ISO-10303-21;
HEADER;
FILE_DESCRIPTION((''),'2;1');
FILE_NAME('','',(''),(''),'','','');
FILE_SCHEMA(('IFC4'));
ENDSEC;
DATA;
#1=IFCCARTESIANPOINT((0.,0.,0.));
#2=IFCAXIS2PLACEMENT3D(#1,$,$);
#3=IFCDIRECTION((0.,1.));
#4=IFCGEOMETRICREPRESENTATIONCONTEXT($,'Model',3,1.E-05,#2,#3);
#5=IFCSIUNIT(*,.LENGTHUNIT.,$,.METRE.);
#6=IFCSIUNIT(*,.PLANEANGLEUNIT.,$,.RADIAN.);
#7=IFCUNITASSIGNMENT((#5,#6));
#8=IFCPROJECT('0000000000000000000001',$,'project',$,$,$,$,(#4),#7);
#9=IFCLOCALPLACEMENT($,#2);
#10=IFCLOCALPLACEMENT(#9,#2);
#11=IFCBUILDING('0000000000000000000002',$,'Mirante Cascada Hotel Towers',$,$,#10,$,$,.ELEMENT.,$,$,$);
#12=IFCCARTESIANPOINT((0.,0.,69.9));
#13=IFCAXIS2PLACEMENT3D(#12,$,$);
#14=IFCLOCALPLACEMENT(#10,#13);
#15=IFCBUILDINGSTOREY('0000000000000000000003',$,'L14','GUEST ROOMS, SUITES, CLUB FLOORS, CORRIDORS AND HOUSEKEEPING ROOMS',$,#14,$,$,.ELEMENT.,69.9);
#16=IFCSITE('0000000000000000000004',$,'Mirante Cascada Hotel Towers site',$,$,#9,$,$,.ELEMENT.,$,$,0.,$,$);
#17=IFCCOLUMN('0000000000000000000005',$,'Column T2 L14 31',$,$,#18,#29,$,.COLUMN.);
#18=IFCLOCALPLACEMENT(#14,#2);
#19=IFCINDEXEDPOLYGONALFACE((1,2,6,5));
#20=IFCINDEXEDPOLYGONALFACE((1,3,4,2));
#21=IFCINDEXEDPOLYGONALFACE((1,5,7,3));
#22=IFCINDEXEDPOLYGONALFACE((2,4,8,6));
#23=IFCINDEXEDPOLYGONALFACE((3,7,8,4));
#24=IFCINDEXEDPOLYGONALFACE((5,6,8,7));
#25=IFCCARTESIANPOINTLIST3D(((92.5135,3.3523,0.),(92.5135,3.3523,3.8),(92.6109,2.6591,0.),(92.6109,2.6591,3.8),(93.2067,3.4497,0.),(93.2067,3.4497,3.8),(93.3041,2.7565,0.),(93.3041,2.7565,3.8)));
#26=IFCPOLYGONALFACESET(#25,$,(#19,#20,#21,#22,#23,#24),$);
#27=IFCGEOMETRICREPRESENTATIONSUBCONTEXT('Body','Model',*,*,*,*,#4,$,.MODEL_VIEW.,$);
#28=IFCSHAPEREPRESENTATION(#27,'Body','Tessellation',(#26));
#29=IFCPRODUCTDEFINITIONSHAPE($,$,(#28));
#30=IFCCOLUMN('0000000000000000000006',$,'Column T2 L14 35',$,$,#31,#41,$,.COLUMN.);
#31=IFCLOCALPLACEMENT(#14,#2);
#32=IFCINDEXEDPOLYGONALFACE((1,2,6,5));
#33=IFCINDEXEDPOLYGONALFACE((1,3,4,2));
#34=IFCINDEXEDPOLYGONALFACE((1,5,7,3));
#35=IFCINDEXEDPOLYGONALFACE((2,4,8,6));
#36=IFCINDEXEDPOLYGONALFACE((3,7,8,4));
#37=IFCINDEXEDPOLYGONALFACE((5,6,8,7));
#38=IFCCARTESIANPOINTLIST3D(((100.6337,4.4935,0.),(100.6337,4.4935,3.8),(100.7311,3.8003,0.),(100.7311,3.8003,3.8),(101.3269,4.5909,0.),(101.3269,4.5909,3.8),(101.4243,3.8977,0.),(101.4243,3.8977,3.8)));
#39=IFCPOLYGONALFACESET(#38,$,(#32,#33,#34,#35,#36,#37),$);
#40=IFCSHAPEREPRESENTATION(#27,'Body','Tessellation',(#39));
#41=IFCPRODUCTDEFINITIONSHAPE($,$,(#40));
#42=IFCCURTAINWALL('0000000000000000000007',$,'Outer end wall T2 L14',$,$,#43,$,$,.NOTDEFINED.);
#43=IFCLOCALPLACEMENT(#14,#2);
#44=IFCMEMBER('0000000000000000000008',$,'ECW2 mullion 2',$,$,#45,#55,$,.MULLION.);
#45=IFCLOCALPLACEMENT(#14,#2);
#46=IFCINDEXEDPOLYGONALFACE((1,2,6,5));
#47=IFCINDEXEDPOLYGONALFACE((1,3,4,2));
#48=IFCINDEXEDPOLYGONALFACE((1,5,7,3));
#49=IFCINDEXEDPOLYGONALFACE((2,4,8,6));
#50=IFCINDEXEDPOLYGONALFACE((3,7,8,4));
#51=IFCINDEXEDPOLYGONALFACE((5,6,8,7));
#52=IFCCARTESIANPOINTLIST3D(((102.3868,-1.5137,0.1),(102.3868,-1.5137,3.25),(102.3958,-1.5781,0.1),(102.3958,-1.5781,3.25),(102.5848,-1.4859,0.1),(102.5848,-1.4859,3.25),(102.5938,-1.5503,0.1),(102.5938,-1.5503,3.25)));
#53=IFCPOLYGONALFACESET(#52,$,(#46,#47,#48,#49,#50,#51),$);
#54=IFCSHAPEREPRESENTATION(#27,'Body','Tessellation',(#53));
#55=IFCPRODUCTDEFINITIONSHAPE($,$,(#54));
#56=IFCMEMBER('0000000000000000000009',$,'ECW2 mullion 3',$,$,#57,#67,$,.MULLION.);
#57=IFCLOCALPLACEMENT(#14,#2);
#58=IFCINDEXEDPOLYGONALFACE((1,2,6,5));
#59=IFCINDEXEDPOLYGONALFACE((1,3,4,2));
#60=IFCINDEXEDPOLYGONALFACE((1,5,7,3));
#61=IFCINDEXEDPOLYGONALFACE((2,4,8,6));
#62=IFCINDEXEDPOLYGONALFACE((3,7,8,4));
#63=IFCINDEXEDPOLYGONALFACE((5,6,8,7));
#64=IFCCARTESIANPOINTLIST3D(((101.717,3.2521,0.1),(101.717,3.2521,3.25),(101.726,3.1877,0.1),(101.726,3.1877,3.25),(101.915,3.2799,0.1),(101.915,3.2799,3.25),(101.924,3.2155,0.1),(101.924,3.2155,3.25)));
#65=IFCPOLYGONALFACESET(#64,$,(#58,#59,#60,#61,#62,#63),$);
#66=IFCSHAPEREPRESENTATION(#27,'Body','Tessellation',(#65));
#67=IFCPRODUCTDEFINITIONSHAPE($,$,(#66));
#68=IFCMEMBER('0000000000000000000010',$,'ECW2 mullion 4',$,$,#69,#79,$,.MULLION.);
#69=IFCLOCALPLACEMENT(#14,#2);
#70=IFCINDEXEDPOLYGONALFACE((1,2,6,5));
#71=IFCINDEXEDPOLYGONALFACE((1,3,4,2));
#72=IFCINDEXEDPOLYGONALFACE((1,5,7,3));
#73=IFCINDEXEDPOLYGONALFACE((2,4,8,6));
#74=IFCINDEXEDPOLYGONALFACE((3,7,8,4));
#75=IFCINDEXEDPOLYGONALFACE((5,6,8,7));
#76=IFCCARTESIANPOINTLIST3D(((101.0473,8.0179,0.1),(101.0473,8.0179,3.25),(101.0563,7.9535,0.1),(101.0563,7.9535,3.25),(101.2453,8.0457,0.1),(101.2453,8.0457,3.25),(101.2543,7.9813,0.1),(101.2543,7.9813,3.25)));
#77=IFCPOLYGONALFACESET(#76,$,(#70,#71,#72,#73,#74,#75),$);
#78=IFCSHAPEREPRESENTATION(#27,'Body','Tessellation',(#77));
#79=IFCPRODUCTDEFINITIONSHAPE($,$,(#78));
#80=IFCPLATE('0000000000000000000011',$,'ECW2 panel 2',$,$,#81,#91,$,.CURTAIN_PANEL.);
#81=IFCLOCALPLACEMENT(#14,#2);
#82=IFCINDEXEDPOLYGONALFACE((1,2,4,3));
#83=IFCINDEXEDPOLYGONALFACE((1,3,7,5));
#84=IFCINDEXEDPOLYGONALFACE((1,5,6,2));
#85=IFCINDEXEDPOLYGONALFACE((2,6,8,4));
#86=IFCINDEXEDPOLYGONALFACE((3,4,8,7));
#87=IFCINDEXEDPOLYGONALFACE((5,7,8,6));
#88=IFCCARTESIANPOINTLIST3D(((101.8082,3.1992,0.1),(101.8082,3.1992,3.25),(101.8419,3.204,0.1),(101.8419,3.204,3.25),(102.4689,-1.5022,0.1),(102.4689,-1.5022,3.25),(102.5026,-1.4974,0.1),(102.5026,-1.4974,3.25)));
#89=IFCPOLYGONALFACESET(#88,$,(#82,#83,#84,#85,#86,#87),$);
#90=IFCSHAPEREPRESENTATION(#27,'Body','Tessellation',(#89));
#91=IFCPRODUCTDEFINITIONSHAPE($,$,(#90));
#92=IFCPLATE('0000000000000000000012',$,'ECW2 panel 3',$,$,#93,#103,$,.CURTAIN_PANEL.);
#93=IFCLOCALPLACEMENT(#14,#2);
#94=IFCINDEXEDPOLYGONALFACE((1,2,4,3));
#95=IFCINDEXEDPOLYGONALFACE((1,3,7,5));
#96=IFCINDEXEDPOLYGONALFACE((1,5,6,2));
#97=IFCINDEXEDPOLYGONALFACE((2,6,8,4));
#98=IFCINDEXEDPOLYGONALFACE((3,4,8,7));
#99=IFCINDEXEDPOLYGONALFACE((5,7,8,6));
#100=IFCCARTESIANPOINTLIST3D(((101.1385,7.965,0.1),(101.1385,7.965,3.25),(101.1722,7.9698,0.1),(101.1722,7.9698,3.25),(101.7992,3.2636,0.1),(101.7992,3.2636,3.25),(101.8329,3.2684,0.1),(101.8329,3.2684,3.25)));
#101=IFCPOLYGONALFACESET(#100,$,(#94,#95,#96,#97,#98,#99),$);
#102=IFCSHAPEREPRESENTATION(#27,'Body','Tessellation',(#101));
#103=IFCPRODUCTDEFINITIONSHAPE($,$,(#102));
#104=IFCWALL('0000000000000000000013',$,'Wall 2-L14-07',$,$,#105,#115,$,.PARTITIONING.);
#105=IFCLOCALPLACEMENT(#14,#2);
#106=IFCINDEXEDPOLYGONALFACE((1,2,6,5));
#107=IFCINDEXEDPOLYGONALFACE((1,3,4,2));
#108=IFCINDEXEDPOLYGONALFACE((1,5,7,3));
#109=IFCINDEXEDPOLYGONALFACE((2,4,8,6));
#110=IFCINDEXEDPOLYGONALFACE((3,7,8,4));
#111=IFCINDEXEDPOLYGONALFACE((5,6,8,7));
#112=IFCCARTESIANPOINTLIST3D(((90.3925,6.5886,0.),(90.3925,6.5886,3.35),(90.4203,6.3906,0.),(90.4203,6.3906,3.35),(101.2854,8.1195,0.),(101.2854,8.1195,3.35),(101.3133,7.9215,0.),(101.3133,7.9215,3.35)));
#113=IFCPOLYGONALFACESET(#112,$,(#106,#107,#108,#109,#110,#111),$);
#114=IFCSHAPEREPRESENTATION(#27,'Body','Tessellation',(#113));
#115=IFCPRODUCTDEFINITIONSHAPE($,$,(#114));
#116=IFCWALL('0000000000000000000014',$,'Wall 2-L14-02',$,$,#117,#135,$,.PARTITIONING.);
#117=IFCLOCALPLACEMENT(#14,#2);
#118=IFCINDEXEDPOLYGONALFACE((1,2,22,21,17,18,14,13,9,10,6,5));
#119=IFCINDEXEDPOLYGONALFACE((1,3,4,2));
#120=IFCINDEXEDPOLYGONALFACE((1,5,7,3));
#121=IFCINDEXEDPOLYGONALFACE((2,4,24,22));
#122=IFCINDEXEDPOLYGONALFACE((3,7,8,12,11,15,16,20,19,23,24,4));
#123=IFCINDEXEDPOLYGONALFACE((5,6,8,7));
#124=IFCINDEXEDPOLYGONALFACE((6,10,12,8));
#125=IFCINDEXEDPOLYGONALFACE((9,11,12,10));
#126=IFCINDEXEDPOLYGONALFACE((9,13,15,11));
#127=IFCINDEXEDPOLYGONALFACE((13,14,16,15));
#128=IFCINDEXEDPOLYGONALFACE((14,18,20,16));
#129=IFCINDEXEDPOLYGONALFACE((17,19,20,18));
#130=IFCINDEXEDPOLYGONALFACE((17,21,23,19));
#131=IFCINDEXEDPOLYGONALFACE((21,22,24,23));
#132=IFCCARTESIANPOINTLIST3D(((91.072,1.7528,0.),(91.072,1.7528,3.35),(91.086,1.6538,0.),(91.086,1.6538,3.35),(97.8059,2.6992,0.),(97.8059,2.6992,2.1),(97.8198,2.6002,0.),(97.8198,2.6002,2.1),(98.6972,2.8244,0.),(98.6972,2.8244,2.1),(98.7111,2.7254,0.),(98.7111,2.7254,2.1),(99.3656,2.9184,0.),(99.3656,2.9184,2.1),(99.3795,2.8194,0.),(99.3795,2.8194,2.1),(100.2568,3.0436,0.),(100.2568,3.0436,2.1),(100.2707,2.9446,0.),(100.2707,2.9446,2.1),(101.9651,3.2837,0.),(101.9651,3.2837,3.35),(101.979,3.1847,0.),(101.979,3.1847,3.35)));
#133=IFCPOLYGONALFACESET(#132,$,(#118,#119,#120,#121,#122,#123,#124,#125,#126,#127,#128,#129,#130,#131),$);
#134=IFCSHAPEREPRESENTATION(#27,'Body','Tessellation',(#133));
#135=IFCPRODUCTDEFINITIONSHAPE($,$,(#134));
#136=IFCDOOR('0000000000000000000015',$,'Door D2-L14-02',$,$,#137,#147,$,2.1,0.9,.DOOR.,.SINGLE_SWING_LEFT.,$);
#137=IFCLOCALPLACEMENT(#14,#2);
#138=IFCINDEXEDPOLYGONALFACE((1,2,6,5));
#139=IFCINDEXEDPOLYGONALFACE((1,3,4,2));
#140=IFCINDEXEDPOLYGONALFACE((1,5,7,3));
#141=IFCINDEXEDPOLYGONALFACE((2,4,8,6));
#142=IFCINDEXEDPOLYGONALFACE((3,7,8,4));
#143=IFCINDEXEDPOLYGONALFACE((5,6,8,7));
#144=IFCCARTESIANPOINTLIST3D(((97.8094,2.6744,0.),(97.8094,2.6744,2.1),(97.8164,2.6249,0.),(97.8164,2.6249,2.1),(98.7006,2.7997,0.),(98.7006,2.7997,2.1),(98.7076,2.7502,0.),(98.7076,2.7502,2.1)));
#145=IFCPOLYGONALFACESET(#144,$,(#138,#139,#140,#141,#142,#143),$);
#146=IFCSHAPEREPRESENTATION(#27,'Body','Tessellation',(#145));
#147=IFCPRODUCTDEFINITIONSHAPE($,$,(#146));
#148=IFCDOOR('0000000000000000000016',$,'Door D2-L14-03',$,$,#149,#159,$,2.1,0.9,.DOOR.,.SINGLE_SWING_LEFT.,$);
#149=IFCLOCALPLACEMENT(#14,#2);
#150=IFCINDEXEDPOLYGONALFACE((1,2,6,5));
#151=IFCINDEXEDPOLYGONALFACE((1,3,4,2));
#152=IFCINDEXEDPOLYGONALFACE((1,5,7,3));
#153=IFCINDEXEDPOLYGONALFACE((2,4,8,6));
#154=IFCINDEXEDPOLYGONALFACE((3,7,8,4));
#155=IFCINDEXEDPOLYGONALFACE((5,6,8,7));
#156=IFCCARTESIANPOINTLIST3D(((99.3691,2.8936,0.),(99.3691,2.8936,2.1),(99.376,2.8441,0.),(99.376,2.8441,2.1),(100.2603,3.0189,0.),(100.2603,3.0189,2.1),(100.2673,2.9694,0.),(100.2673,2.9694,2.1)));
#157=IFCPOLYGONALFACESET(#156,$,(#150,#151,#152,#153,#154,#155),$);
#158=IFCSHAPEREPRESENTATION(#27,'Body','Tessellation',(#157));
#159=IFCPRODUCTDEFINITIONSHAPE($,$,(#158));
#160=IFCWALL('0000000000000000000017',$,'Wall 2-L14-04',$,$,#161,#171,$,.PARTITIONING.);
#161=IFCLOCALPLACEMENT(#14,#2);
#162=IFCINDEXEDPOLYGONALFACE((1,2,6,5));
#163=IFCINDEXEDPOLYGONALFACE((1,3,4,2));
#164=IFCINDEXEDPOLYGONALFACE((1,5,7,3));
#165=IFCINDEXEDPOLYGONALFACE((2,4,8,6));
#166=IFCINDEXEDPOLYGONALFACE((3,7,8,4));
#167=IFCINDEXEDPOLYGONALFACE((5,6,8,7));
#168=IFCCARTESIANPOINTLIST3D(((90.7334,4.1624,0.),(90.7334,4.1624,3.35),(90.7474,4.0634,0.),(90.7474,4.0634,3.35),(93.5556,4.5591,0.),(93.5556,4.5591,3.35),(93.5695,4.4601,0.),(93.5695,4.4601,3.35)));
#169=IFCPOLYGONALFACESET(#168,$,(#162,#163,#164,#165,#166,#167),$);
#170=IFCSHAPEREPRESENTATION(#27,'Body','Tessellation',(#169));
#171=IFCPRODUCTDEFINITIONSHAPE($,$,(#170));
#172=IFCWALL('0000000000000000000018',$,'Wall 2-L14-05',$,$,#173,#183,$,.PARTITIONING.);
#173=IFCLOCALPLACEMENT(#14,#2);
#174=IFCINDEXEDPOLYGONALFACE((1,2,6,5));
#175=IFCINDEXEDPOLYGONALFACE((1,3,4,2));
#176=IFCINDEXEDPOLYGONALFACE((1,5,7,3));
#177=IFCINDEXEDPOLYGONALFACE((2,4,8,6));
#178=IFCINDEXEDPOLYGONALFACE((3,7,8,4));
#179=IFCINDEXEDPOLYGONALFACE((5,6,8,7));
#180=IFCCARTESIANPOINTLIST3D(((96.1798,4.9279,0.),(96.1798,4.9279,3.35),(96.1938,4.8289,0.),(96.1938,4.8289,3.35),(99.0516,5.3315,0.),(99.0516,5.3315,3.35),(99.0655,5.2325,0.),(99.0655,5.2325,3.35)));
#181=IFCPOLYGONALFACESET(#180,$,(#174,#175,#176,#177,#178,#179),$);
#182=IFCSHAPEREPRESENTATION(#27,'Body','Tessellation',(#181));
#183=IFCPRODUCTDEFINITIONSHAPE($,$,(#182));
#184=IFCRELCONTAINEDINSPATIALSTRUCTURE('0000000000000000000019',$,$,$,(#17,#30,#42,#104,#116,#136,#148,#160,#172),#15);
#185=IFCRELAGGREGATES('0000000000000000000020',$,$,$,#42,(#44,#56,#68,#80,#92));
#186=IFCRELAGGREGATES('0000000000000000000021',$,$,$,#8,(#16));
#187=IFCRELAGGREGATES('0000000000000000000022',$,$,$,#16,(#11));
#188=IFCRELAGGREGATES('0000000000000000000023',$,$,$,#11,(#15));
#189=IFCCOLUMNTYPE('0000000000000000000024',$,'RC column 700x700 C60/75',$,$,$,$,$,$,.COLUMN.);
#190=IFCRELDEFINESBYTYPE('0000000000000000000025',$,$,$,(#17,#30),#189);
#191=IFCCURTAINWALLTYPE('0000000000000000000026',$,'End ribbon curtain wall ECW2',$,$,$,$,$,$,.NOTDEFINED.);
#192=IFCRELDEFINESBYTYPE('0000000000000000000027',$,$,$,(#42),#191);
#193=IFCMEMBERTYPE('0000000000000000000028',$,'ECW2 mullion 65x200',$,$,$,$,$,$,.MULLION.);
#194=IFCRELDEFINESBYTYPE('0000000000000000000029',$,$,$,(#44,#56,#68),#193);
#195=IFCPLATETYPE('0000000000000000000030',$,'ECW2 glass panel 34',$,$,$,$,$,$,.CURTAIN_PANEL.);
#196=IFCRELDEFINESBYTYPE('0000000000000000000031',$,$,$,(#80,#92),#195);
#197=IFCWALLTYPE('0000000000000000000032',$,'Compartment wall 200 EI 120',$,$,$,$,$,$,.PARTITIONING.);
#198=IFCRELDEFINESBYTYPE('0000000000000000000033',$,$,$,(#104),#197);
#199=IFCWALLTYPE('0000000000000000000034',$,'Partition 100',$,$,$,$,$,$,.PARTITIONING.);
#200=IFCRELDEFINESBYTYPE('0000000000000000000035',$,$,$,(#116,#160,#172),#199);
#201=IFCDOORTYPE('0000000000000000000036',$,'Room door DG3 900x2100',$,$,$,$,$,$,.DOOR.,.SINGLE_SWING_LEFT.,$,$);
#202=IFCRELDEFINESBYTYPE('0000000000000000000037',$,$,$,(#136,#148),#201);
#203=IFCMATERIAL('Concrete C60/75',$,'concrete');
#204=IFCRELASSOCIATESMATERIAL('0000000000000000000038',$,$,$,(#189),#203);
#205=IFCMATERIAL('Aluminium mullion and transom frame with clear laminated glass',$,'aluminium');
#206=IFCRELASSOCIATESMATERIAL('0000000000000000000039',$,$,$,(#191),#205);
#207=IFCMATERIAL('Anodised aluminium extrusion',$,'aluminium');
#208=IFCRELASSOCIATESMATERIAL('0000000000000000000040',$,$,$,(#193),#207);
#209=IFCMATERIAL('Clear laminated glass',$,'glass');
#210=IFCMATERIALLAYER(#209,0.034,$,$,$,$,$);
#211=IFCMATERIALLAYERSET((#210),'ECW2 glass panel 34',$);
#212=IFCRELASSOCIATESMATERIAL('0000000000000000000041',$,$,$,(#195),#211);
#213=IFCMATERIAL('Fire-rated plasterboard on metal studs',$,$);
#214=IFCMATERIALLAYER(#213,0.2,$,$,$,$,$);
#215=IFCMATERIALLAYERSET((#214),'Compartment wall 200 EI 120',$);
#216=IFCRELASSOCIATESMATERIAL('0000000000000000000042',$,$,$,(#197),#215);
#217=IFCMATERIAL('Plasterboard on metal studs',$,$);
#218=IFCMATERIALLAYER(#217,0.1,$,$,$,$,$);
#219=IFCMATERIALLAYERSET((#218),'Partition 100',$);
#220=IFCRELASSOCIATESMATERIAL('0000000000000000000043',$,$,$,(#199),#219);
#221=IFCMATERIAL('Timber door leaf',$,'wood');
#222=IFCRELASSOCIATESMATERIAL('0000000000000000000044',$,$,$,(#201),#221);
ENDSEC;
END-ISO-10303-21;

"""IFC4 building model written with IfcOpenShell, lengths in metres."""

from ifc_helpers import new_model, si_unit, direction, frame, frame_2d, origin, origin_2d, place, context, subcontext, project, spatial, rectangle, extrude, material, layer, layer_set, material_profile, profile_set, type_object, element, fill, aggregate, save


model = new_model("IFC4")

# Units and contexts
model_context = context("Model", 3, precision=1e-05, world=origin(), true_north=direction((0.0, 1.0)))
body_context = subcontext(model_context, "Body", "Model", "MODEL_VIEW")
ifc_project = project(units=[si_unit("LENGTHUNIT", "METRE"), si_unit("PLANEANGLEUNIT", "RADIAN")], contexts=[model_context])

# Site, building, storey
site_placement = place(None, origin())
site = spatial("IfcSite", under=ifc_project, at=site_placement, Name="Mirante Cascada Hotel Towers site", CompositionType="ELEMENT", RefElevation=0.0)
building_placement = place(site_placement, origin())
building = spatial("IfcBuilding", under=site, at=building_placement, Name="Mirante Cascada Hotel Towers", CompositionType="ELEMENT")
storey_placement = place(building_placement, frame((0.0, 0.0, 69.9)))
storey = spatial("IfcBuildingStorey", under=building, at=storey_placement, Name="L14", Description="GUEST ROOMS, SUITES, CLUB FLOORS, CORRIDORS AND HOUSEKEEPING ROOMS", CompositionType="ELEMENT", Elevation=69.9)

# Columns
ifc_material_1 = material(Name="Concrete C60/75", Category="concrete")
ifc_material_profile_1 = material_profile(ifc_material_1, rectangle(XDim=0.7, YDim=0.7, at=origin_2d()), Name="RC column 700x700 C60/75")
ifc_profile_set_1 = profile_set([ifc_material_profile_1], Name="Concrete C60/75")
column_type = type_object("IfcColumnType", Name="RC column 700x700 C60/75", PredefinedType="COLUMN", material=ifc_profile_set_1)
for number, where, z_axis, x_axis, name in (
    (1, (92.9088, 3.0544, 0.0), (0.0, 0.0, 1.0), (0.990268, 0.139173, 0.0), "Column T2 L14 31"),
    (2, (101.029, 4.1956, 0.0), (0.0, 0.0, 1.0), (0.990268, 0.139173, 0.0), "Column T2 L14 35"),
):
    element("IfcColumn", number, at=place(storey_placement, frame(where, z_axis=z_axis, x_axis=x_axis)), inside=storey, type_object=column_type, Name=name, PredefinedType="COLUMN", context=body_context, shape_type="SweptSolid", body=[
        extrude(rectangle(XDim=0.7, YDim=0.7, at=origin_2d()), origin(), (0.0, 0.0, 1.0), 3.8),
    ])

# Curtain wall, members, plates
ifc_material_2 = material(Name="Aluminium mullion and transom frame with clear laminated glass", Category="aluminium")
curtain_wall_type = type_object("IfcCurtainWallType", Name="End ribbon curtain wall ECW2", PredefinedType="NOTDEFINED", material=ifc_material_2)
curtain_wall_placement = place(storey_placement, origin())
curtain_wall = element("IfcCurtainWall", 3, at=curtain_wall_placement, inside=storey, type_object=curtain_wall_type, Name="Outer end wall T2 L14", PredefinedType="NOTDEFINED")
ifc_material_3 = material(Name="Anodised aluminium extrusion", Category="aluminium")
ifc_material_profile_2 = material_profile(ifc_material_3, rectangle(XDim=0.2, YDim=0.065, at=origin_2d()), Name="ECW2 MULLION 65x200")
ifc_profile_set_2 = profile_set([ifc_material_profile_2], Name="Anodised aluminium extrusion")
member_type = type_object("IfcMemberType", Name="ECW2 mullion 65x200", PredefinedType="MULLION", material=ifc_profile_set_2)
member_1_placement = place(storey_placement, frame((102.4903, -1.532, 0.1), z_axis=(0.0, 0.0, 1.0), x_axis=(-0.990268, -0.139173, 0.0)))
member_1 = element("IfcMember", 4, at=member_1_placement, type_object=member_type, Name="ECW2 mullion 2", PredefinedType="MULLION", context=body_context, shape_type="SweptSolid", body=[
    extrude(rectangle(XDim=0.2, YDim=0.065, at=origin_2d()), origin(), (0.0, 0.0, 1.0), 3.15),
])
member_2_placement = place(storey_placement, frame((101.8205, 3.2338, 0.1), z_axis=(0.0, 0.0, 1.0), x_axis=(-0.990268, -0.139173, 0.0)))
member_2 = element("IfcMember", 5, at=member_2_placement, type_object=member_type, Name="ECW2 mullion 3", PredefinedType="MULLION", context=body_context, shape_type="SweptSolid", body=[
    extrude(rectangle(XDim=0.2, YDim=0.065, at=origin_2d()), origin(), (0.0, 0.0, 1.0), 3.15),
])
member_3_placement = place(storey_placement, frame((101.1508, 7.9996, 0.1), z_axis=(0.0, 0.0, 1.0), x_axis=(-0.990268, -0.139173, 0.0)))
member_3 = element("IfcMember", 6, at=member_3_placement, type_object=member_type, Name="ECW2 mullion 4", PredefinedType="MULLION", context=body_context, shape_type="SweptSolid", body=[
    extrude(rectangle(XDim=0.2, YDim=0.065, at=origin_2d()), origin(), (0.0, 0.0, 1.0), 3.15),
])
ifc_material_4 = material(Name="Clear laminated glass", Category="glass")
ifc_layer_1 = layer(ifc_material_4, 0.034)
ifc_layer_set_1 = layer_set([ifc_layer_1], Name="ECW2 glass panel 34")
plate_type = type_object("IfcPlateType", Name="ECW2 glass panel 34", PredefinedType="CURTAIN_PANEL", material=ifc_layer_set_1)
plate_1_placement = place(storey_placement, frame((102.1554, 0.8509, 0.1), z_axis=(0.0, 0.0, 1.0), x_axis=(-0.139173, 0.990268, 0.0)))
plate_1 = element("IfcPlate", 7, at=plate_1_placement, type_object=plate_type, Name="ECW2 panel 2", PredefinedType="CURTAIN_PANEL", context=body_context, shape_type="SweptSolid", body=[
    extrude(rectangle(XDim=4.7476, YDim=0.034, at=origin_2d()), origin(), (0.0, 0.0, 1.0), 3.15),
])
plate_2_placement = place(storey_placement, frame((101.4857, 5.6167, 0.1), z_axis=(0.0, 0.0, 1.0), x_axis=(-0.139173, 0.990268, 0.0)))
plate_2 = element("IfcPlate", 8, at=plate_2_placement, type_object=plate_type, Name="ECW2 panel 3", PredefinedType="CURTAIN_PANEL", context=body_context, shape_type="SweptSolid", body=[
    extrude(rectangle(XDim=4.7476, YDim=0.034, at=origin_2d()), origin(), (0.0, 0.0, 1.0), 3.15),
])
aggregate(curtain_wall, [member_1, member_2, member_3, plate_1, plate_2])

# Wall
ifc_material_5 = material(Name="Fire-rated plasterboard on metal studs")
ifc_layer_2 = layer(ifc_material_5, 0.2)
ifc_layer_set_2 = layer_set([ifc_layer_2], Name="Compartment wall 200 EI 120")
wall_type_1 = type_object("IfcWallType", Name="Compartment wall 200 EI 120", PredefinedType="PARTITIONING", material=ifc_layer_set_2)
wall_1_placement = place(storey_placement, frame((90.4064, 6.4896, 0.0), z_axis=(0.0, 0.0, 1.0), x_axis=(0.990268, 0.139173, 0.0)))
element("IfcWall", 9, at=wall_1_placement, inside=storey, type_object=wall_type_1, Name="Wall 2-L14-07", PredefinedType="PARTITIONING", context=body_context, shape_type="SweptSolid", body=[
    extrude(rectangle(XDim=11.0, YDim=0.2, at=frame_2d((5.5, 0.0))), origin(), (0.0, 0.0, 1.0), 3.35),
])

# Wall, openings, doors
ifc_material_6 = material(Name="Plasterboard on metal studs")
ifc_layer_3 = layer(ifc_material_6, 0.1)
ifc_layer_set_3 = layer_set([ifc_layer_3], Name="Partition 100")
wall_type_2 = type_object("IfcWallType", Name="Partition 100", PredefinedType="PARTITIONING", material=ifc_layer_set_3)
wall_2_placement = place(storey_placement, frame((101.972, 3.2342, 0.0), z_axis=(0.0, 0.0, 1.0), x_axis=(-0.990268, -0.139172, 0.0)))
wall_2 = element("IfcWall", 10, at=wall_2_placement, inside=storey, type_object=wall_type_2, Name="Wall 2-L14-02", PredefinedType="PARTITIONING", context=body_context, shape_type="SweptSolid", body=[
    extrude(rectangle(XDim=11.0001, YDim=0.1, at=frame_2d((5.5, 0.0))), origin(), (0.0, 0.0, 1.0), 3.35),
])
opening_1_placement = place(wall_2_placement, frame((3.3, 0.0, 0.0)))
opening_1 = element("IfcOpeningElement", 11, at=opening_1_placement, cuts=wall_2, PredefinedType="OPENING", context=body_context, shape_type="SweptSolid", body=[
    extrude(rectangle(XDim=0.9, YDim=2.1, at=frame_2d((0.45, 1.05))), frame((0.0, 0.05, 0.0), z_axis=(0.0, -1.0, 0.0), x_axis=(1.0, 0.0, 0.0)), (0.0, 0.0, 1.0), 0.1),
])
opening_2_placement = place(wall_2_placement, frame((1.725, 0.0, 0.0)))
opening_2 = element("IfcOpeningElement", 12, at=opening_2_placement, cuts=wall_2, PredefinedType="OPENING", context=body_context, shape_type="SweptSolid", body=[
    extrude(rectangle(XDim=0.9, YDim=2.1, at=frame_2d((0.45, 1.05))), frame((0.0, 0.05, 0.0), z_axis=(0.0, -1.0, 0.0), x_axis=(1.0, 0.0, 0.0)), (0.0, 0.0, 1.0), 0.1),
])
ifc_material_7 = material(Name="Timber door leaf", Category="wood")
door_type_1 = type_object("IfcDoorType", Name="Room door DG3 900x2100", OperationType="SINGLE_SWING_LEFT", PredefinedType="DOOR", material=ifc_material_7)
door_1_placement = place(opening_1_placement, origin())
door_1 = element("IfcDoor", 13, at=door_1_placement, inside=storey, type_object=door_type_1, Name="Door D2-L14-02", OperationType="SINGLE_SWING_LEFT", OverallHeight=2.1, OverallWidth=0.9, PredefinedType="DOOR", context=body_context, shape_type="SweptSolid", body=[
    extrude(rectangle(XDim=0.9, YDim=2.1, at=frame_2d((0.45, 1.05))), frame((0.0, 0.025, 0.0), z_axis=(0.0, -1.0, 0.0), x_axis=(1.0, 0.0, 0.0)), (0.0, 0.0, 1.0), 0.05),
])
fill(opening_1, door_1)
door_2_placement = place(opening_2_placement, origin())
door_2 = element("IfcDoor", 14, at=door_2_placement, inside=storey, type_object=door_type_1, Name="Door D2-L14-03", OperationType="SINGLE_SWING_LEFT", OverallHeight=2.1, OverallWidth=0.9, PredefinedType="DOOR", context=body_context, shape_type="SweptSolid", body=[
    extrude(rectangle(XDim=0.9, YDim=2.1, at=frame_2d((0.45, 1.05))), frame((0.0, 0.025, 0.0), z_axis=(0.0, -1.0, 0.0), x_axis=(1.0, 0.0, 0.0)), (0.0, 0.0, 1.0), 0.05),
])
fill(opening_2, door_2)

# Walls
wall_3_placement = place(storey_placement, frame((93.5626, 4.5096, 0.0), z_axis=(0.0, 0.0, 1.0), x_axis=(-0.990265, -0.139196, 0.0)))
element("IfcWall", 15, at=wall_3_placement, inside=storey, type_object=wall_type_2, Name="Wall 2-L14-04", PredefinedType="PARTITIONING", context=body_context, shape_type="SweptSolid", body=[
    extrude(rectangle(XDim=2.8499, YDim=0.1, at=frame_2d((1.425, 0.0))), origin(), (0.0, 0.0, 1.0), 3.35),
])
wall_4_placement = place(storey_placement, frame((96.1868, 4.8784, 0.0), z_axis=(0.0, 0.0, 1.0), x_axis=(0.990268, 0.139171, 0.0)))
element("IfcWall", 16, at=wall_4_placement, inside=storey, type_object=wall_type_2, Name="Wall 2-L14-05", PredefinedType="PARTITIONING", context=body_context, shape_type="SweptSolid", body=[
    extrude(rectangle(XDim=2.9, YDim=0.1, at=frame_2d((1.45, 0.0))), origin(), (0.0, 0.0, 1.0), 3.35),
])

save(model, "model.ifc")
